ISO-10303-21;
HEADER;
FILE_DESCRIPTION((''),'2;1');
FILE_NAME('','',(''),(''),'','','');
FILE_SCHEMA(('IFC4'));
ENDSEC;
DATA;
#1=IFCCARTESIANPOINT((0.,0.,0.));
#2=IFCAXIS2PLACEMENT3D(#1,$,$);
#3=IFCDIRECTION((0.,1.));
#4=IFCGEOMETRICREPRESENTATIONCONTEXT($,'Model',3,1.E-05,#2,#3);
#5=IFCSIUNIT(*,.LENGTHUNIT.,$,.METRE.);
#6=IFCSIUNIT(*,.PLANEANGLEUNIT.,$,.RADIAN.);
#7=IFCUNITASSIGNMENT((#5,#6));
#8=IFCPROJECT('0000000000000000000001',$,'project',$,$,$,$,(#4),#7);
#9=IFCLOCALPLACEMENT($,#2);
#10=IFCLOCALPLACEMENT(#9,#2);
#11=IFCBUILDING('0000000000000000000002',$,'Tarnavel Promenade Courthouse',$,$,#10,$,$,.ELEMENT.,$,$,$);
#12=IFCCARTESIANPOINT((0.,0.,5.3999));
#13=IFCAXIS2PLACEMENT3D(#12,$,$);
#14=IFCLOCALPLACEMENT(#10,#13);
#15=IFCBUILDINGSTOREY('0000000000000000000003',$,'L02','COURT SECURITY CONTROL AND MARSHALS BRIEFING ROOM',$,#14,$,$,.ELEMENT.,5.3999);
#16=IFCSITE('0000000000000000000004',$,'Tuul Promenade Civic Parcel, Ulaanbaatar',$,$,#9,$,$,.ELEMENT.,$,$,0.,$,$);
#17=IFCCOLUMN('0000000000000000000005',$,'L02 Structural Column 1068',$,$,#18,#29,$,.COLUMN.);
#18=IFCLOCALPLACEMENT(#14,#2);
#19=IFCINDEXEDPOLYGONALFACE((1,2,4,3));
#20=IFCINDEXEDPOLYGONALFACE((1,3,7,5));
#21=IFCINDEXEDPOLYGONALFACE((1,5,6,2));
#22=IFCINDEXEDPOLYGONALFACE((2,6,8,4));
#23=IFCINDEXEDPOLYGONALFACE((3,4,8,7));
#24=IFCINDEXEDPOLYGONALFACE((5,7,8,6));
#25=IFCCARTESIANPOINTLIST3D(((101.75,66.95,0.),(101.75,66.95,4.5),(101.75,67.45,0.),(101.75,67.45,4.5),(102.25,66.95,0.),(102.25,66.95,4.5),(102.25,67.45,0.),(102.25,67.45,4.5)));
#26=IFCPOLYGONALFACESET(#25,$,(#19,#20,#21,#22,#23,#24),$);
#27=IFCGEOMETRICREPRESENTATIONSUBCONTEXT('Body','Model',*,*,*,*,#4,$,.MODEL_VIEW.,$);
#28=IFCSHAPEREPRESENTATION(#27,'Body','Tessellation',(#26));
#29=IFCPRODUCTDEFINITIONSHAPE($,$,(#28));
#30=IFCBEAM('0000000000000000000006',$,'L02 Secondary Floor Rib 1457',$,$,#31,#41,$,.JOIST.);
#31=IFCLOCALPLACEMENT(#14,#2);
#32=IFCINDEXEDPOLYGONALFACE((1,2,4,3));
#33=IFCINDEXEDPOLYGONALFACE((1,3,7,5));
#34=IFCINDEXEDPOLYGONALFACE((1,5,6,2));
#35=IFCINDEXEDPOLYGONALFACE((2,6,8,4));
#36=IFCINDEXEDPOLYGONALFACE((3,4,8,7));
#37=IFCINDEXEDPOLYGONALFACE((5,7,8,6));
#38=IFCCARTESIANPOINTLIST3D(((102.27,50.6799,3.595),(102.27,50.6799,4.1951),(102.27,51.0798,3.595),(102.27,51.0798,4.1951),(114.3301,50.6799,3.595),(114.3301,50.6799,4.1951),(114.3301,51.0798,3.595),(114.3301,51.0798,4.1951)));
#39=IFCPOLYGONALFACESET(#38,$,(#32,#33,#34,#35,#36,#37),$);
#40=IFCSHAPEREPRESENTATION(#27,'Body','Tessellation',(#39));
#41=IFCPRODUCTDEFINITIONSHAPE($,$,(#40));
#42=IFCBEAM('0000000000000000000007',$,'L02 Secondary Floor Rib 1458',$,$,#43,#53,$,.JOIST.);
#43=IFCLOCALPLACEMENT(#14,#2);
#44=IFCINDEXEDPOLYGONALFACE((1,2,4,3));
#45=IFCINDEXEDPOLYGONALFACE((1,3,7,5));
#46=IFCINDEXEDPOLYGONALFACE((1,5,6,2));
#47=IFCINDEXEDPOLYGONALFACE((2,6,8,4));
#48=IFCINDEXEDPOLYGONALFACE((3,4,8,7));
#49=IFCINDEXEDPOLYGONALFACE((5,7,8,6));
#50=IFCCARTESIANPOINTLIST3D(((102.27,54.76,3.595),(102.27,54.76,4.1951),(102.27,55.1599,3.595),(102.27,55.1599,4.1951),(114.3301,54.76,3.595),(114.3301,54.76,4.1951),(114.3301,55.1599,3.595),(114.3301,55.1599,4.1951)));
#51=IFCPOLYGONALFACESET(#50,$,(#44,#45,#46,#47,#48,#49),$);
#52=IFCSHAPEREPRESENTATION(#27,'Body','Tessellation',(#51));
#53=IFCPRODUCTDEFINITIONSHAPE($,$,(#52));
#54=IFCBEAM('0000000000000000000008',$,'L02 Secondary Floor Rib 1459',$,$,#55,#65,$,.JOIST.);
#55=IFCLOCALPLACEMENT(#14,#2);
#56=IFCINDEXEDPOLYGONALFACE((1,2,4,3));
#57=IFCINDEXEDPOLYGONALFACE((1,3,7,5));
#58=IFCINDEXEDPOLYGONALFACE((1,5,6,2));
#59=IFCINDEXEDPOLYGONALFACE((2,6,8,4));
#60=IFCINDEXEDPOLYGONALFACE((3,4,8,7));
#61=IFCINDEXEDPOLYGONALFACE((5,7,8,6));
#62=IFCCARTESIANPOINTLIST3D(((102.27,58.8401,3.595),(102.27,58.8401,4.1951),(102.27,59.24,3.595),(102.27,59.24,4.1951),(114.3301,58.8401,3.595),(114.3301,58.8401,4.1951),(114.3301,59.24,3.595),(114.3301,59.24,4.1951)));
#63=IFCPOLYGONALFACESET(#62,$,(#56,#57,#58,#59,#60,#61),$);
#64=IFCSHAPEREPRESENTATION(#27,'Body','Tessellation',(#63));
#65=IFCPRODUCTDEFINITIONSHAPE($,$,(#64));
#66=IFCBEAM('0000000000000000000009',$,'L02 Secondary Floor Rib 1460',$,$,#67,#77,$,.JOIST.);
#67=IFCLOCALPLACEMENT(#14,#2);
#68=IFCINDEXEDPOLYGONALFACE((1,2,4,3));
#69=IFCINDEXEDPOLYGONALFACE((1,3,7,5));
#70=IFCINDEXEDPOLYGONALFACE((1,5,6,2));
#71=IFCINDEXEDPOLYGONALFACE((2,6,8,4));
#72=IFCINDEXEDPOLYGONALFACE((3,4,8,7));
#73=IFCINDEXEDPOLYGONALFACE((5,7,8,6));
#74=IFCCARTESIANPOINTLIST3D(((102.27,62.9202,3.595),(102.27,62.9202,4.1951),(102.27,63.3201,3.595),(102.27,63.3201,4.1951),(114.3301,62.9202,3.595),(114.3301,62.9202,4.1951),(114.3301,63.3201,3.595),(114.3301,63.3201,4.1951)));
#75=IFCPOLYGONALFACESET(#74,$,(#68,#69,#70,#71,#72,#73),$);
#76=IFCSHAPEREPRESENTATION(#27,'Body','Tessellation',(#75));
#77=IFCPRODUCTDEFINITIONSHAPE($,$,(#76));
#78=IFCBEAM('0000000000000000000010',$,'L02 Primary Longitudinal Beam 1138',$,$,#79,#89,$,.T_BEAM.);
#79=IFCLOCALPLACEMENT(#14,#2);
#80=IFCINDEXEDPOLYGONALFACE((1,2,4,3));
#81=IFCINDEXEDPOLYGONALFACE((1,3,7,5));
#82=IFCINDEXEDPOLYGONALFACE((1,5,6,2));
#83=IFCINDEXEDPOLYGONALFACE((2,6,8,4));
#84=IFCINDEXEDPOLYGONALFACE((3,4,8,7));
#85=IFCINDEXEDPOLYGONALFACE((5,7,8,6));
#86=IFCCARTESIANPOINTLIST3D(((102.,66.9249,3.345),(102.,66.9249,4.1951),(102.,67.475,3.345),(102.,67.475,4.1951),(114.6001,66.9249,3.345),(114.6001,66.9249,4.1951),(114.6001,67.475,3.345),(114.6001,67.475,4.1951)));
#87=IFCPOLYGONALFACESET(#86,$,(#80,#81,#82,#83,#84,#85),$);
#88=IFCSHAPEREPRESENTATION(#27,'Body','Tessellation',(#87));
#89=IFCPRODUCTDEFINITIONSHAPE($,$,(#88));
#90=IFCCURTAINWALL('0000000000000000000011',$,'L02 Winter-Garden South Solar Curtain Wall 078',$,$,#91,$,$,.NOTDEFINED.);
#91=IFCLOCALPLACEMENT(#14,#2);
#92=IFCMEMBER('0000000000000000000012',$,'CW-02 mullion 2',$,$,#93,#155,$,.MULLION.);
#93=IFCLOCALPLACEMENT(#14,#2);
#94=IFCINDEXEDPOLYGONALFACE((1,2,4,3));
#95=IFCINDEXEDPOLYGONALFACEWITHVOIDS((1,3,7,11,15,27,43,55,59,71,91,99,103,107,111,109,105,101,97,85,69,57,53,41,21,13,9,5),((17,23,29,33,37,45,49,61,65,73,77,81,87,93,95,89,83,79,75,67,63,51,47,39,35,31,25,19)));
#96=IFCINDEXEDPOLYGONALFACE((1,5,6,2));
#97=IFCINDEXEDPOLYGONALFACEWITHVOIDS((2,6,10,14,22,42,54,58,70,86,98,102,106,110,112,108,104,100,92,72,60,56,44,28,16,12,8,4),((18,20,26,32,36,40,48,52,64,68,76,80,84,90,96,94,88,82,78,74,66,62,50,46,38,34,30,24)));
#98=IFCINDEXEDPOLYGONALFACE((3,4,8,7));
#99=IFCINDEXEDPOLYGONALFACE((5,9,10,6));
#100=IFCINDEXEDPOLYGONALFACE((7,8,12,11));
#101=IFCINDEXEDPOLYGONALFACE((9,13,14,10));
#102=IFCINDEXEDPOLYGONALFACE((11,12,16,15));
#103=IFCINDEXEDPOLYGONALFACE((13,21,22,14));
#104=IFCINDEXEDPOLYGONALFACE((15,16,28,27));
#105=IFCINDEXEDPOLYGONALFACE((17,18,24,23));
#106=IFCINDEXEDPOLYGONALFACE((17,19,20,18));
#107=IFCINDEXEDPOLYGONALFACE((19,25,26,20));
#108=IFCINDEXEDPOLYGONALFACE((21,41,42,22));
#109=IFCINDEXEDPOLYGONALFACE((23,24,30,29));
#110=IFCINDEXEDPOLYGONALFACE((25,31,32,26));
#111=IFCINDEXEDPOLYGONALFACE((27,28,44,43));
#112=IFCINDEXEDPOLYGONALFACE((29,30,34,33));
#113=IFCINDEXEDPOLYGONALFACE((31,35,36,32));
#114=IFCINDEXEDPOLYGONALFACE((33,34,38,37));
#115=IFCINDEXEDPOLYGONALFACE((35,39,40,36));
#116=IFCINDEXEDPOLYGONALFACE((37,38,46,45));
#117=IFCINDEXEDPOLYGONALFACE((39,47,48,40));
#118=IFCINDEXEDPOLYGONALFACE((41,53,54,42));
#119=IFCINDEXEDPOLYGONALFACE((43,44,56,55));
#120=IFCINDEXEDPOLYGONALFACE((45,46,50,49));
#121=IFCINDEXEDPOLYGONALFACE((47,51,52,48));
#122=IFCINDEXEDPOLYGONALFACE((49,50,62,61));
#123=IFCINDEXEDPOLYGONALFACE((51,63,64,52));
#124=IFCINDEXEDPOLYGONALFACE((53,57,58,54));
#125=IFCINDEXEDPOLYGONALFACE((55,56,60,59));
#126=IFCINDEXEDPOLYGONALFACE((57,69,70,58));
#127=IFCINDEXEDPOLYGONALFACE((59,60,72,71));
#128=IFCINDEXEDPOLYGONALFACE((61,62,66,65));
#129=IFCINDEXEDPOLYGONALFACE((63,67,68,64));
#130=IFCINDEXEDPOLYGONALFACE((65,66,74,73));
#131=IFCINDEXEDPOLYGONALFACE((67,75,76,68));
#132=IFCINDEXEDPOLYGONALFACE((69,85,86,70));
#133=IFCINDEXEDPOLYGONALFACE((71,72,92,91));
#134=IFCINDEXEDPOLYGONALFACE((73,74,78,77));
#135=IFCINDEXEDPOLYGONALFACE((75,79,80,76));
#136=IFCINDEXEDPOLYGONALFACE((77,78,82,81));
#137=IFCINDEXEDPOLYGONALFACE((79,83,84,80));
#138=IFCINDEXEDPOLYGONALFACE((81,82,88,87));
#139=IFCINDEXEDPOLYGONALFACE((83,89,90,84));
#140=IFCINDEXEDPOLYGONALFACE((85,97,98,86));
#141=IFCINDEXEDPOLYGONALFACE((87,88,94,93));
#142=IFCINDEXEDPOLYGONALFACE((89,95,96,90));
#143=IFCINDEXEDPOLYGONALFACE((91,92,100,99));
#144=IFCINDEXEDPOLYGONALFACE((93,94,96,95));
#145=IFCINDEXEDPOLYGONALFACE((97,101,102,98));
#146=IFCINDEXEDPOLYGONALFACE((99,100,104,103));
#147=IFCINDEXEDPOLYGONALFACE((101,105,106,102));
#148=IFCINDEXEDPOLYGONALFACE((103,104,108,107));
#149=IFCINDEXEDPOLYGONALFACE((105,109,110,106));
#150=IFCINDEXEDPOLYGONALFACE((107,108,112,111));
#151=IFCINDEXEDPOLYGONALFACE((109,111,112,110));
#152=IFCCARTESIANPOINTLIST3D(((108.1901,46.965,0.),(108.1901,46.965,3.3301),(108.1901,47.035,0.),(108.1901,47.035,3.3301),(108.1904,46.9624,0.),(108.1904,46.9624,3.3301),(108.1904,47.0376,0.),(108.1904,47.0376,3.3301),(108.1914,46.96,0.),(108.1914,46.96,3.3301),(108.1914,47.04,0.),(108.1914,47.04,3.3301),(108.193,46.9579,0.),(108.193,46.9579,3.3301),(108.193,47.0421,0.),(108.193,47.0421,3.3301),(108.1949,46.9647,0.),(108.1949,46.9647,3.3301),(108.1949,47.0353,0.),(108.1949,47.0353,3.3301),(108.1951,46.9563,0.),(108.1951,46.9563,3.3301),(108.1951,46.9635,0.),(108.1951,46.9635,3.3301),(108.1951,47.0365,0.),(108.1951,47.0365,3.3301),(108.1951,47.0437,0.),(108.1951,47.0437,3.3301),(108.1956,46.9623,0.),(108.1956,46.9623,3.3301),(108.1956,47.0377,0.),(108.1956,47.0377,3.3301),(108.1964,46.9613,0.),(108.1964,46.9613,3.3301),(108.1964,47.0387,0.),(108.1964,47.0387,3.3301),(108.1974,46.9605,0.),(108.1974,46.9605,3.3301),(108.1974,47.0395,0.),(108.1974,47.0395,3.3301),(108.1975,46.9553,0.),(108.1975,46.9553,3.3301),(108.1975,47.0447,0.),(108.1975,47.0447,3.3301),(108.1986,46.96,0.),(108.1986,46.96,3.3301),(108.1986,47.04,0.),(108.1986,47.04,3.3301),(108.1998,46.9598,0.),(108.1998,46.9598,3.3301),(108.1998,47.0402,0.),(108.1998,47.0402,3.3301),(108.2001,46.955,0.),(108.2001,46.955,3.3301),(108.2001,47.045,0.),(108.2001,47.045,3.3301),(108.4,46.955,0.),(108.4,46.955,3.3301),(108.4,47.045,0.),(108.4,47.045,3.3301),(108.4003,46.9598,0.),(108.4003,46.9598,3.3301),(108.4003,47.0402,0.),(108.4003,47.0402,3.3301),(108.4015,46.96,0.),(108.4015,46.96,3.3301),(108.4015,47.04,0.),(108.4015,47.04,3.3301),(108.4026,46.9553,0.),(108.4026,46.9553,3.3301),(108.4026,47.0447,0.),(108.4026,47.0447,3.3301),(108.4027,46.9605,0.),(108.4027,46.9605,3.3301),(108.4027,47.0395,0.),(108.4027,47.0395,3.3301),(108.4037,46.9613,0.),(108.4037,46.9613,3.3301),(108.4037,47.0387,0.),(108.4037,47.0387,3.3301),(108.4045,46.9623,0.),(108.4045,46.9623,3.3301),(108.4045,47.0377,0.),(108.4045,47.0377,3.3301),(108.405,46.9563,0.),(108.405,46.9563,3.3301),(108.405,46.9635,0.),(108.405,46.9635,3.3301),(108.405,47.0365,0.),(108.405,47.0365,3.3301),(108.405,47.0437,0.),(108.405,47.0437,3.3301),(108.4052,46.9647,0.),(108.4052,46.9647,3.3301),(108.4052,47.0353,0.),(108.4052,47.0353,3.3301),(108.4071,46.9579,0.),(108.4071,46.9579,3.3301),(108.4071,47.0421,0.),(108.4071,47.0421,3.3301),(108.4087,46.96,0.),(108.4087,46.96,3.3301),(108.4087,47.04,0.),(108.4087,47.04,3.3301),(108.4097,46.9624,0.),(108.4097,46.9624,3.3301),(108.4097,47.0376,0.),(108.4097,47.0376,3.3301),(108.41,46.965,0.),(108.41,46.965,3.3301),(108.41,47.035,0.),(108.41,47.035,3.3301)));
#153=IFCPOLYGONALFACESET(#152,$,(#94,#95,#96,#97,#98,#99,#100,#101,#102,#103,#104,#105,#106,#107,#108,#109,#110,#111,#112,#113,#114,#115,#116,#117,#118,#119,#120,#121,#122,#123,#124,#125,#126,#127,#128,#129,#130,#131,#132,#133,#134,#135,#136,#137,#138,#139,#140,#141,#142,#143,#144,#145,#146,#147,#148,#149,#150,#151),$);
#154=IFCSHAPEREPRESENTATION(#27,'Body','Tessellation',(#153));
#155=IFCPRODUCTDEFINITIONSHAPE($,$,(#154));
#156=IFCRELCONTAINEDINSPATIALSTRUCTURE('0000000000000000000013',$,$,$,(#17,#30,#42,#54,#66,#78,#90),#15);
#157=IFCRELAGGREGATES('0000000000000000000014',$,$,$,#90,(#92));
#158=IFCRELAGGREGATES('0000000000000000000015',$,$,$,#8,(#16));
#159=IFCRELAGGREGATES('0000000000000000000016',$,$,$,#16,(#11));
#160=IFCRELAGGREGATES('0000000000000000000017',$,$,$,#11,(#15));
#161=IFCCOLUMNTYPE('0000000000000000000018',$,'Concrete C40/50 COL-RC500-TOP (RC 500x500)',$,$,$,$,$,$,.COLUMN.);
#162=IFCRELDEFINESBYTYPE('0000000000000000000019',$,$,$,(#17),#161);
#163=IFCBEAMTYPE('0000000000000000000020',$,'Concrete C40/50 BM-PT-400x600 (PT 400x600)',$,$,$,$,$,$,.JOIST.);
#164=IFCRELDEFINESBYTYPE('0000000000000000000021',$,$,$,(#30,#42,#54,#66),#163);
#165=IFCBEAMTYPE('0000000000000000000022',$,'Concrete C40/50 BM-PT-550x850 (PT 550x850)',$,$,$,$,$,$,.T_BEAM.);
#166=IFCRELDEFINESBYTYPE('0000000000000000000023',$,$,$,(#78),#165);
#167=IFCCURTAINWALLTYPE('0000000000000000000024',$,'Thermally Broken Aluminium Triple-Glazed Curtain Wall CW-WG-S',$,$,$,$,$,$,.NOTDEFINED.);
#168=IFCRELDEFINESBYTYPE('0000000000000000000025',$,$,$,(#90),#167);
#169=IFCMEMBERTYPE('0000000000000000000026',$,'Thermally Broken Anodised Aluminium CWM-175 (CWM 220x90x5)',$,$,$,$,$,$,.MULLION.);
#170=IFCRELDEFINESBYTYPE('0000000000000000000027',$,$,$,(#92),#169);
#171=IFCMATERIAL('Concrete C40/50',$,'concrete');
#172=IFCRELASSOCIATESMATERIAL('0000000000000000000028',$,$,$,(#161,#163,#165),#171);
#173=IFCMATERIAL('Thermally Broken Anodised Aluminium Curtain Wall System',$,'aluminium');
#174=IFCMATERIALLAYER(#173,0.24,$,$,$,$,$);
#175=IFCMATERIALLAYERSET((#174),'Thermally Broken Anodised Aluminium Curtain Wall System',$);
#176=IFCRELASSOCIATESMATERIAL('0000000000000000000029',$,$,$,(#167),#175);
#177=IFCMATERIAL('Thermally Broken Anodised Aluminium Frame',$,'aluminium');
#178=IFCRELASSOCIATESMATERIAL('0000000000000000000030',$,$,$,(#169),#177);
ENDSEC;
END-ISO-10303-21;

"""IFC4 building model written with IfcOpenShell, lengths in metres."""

from ifc_helpers import new_model, si_unit, direction, frame, origin, origin_2d, place, context, subcontext, project, spatial, rectangle, hollow_rectangle, extrude, material, layer, layer_set, material_profile, profile_set, type_object, element, aggregate, save


model = new_model("IFC4")

# Units and contexts
model_context = context("Model", 3, precision=1e-05, world=origin(), true_north=direction((0.0, 1.0)))
body_context = subcontext(model_context, "Body", "Model", "MODEL_VIEW")
ifc_project = project(units=[si_unit("LENGTHUNIT", "METRE"), si_unit("PLANEANGLEUNIT", "RADIAN")], contexts=[model_context])

# Site, building, storey
site_placement = place(None, origin())
site = spatial("IfcSite", under=ifc_project, at=site_placement, Name="Tuul Promenade Civic Parcel, Ulaanbaatar", CompositionType="ELEMENT", RefElevation=0.0)
building_placement = place(site_placement, origin())
building = spatial("IfcBuilding", under=site, at=building_placement, Name="Tarnavel Promenade Courthouse", CompositionType="ELEMENT")
storey_placement = place(building_placement, frame((0.0, 0.0, 5.3999)))
storey = spatial("IfcBuildingStorey", under=building, at=storey_placement, Name="L02", Description="COURT SECURITY CONTROL AND MARSHALS BRIEFING ROOM", CompositionType="ELEMENT", Elevation=5.3999)

# Column
ifc_material_1 = material(Name="Concrete C40/50", Category="concrete")
ifc_material_profile_1 = material_profile(ifc_material_1, rectangle(XDim=0.5, YDim=0.5, at=origin_2d()), Name="RC 500x500")
ifc_profile_set_1 = profile_set([ifc_material_profile_1], Name="Concrete C40/50")
column_type = type_object("IfcColumnType", Name="Concrete C40/50 COL-RC500-TOP (RC 500x500)", PredefinedType="COLUMN", material=ifc_profile_set_1)
column_placement = place(storey_placement, frame((102.0, 67.2, 0.0), z_axis=(0.0, 0.0, 1.0), x_axis=(1.0, 0.0, 0.0)))
element("IfcColumn", 1, at=column_placement, inside=storey, type_object=column_type, Name="L02 Structural Column 1068", PredefinedType="COLUMN", context=body_context, shape_type="SweptSolid", body=[
    extrude(rectangle(XDim=0.5, YDim=0.5, at=origin_2d()), origin(), (0.0, 0.0, 1.0), 4.5),
])

# Beams
ifc_material_profile_2 = material_profile(ifc_material_1, rectangle(XDim=0.3999, YDim=0.6001, at=origin_2d()), Name="PT 400x600")
ifc_profile_set_2 = profile_set([ifc_material_profile_2], Name="Concrete C40/50")
beam_type_1 = type_object("IfcBeamType", Name="Concrete C40/50 BM-PT-400x600 (PT 400x600)", PredefinedType="JOIST", material=ifc_profile_set_2)
for number, where, z_axis, x_axis, name in (
    (2, (102.27, 50.8799, 3.895), (1.0, 0.0, 0.0), (0.0, 1.0, 0.0), "L02 Secondary Floor Rib 1457"),
    (3, (102.27, 54.96, 3.895), (1.0, 0.0, 0.0), (0.0, 1.0, 0.0), "L02 Secondary Floor Rib 1458"),
    (4, (102.27, 59.04, 3.895), (1.0, 0.0, 0.0), (0.0, 1.0, 0.0), "L02 Secondary Floor Rib 1459"),
    (5, (102.27, 63.1201, 3.895), (1.0, 0.0, 0.0), (0.0, 1.0, 0.0), "L02 Secondary Floor Rib 1460"),
):
    element("IfcBeam", number, at=place(storey_placement, frame(where, z_axis=z_axis, x_axis=x_axis)), inside=storey, type_object=beam_type_1, Name=name, PredefinedType="JOIST", context=body_context, shape_type="SweptSolid", body=[
        extrude(rectangle(XDim=0.3999, YDim=0.6001, at=origin_2d()), origin(), (0.0, 0.0, 1.0), 12.0601),
    ])
ifc_material_profile_3 = material_profile(ifc_material_1, rectangle(XDim=0.55, YDim=0.8501, at=origin_2d()), Name="PT 550x850")
ifc_profile_set_3 = profile_set([ifc_material_profile_3], Name="Concrete C40/50")
beam_type_2 = type_object("IfcBeamType", Name="Concrete C40/50 BM-PT-550x850 (PT 550x850)", PredefinedType="T_BEAM", material=ifc_profile_set_3)
beam_placement = place(storey_placement, frame((102.0, 67.2, 3.77), z_axis=(1.0, 0.0, 0.0), x_axis=(0.0, 1.0, 0.0)))
element("IfcBeam", 6, at=beam_placement, inside=storey, type_object=beam_type_2, Name="L02 Primary Longitudinal Beam 1138", PredefinedType="T_BEAM", context=body_context, shape_type="SweptSolid", body=[
    extrude(rectangle(XDim=0.55, YDim=0.8501, at=origin_2d()), origin(), (0.0, 0.0, 1.0), 12.6001),
])

# Curtain wall, member
ifc_material_2 = material(Name="Thermally Broken Anodised Aluminium Curtain Wall System", Category="aluminium")
ifc_layer_1 = layer(ifc_material_2, 0.24)
ifc_layer_set_1 = layer_set([ifc_layer_1], Name="Thermally Broken Anodised Aluminium Curtain Wall System")
curtain_wall_type = type_object("IfcCurtainWallType", Name="Thermally Broken Aluminium Triple-Glazed Curtain Wall CW-WG-S", PredefinedType="NOTDEFINED", material=ifc_layer_set_1)
curtain_wall_1_placement = place(storey_placement, origin())
curtain_wall_1 = element("IfcCurtainWall", 7, at=curtain_wall_1_placement, inside=storey, type_object=curtain_wall_type, Name="L02 Winter-Garden South Solar Curtain Wall 078", PredefinedType="NOTDEFINED")
ifc_material_3 = material(Name="Thermally Broken Anodised Aluminium Frame", Category="aluminium")
ifc_material_profile_4 = material_profile(ifc_material_3, hollow_rectangle(XDim=0.0901, YDim=0.22, WallThickness=0.0049, InnerFilletRadius=0.0049, OuterFilletRadius=0.01, at=origin_2d()), Name="CWM 220x90x5")
ifc_profile_set_4 = profile_set([ifc_material_profile_4], Name="Thermally Broken Anodised Aluminium Frame")
member_type_1 = type_object("IfcMemberType", Name="Thermally Broken Anodised Aluminium CWM-175 (CWM 220x90x5)", PredefinedType="MULLION", material=ifc_profile_set_4)
member_1_placement = place(storey_placement, frame((108.3, 47.0, 0.0), z_axis=(0.0, 0.0, 1.0), x_axis=(0.0, 1.0, 0.0)))
member_1 = element("IfcMember", 8, at=member_1_placement, type_object=member_type_1, Name="CW-02 mullion 2", PredefinedType="MULLION", context=body_context, shape_type="SweptSolid", body=[
    extrude(hollow_rectangle(XDim=0.0901, YDim=0.22, WallThickness=0.0049, InnerFilletRadius=0.0049, OuterFilletRadius=0.01, at=origin_2d()), origin(), (0.0, 0.0, 1.0), 3.3301),
])

aggregate(curtain_wall_1, [member_1])

save(model, "model.ifc")
